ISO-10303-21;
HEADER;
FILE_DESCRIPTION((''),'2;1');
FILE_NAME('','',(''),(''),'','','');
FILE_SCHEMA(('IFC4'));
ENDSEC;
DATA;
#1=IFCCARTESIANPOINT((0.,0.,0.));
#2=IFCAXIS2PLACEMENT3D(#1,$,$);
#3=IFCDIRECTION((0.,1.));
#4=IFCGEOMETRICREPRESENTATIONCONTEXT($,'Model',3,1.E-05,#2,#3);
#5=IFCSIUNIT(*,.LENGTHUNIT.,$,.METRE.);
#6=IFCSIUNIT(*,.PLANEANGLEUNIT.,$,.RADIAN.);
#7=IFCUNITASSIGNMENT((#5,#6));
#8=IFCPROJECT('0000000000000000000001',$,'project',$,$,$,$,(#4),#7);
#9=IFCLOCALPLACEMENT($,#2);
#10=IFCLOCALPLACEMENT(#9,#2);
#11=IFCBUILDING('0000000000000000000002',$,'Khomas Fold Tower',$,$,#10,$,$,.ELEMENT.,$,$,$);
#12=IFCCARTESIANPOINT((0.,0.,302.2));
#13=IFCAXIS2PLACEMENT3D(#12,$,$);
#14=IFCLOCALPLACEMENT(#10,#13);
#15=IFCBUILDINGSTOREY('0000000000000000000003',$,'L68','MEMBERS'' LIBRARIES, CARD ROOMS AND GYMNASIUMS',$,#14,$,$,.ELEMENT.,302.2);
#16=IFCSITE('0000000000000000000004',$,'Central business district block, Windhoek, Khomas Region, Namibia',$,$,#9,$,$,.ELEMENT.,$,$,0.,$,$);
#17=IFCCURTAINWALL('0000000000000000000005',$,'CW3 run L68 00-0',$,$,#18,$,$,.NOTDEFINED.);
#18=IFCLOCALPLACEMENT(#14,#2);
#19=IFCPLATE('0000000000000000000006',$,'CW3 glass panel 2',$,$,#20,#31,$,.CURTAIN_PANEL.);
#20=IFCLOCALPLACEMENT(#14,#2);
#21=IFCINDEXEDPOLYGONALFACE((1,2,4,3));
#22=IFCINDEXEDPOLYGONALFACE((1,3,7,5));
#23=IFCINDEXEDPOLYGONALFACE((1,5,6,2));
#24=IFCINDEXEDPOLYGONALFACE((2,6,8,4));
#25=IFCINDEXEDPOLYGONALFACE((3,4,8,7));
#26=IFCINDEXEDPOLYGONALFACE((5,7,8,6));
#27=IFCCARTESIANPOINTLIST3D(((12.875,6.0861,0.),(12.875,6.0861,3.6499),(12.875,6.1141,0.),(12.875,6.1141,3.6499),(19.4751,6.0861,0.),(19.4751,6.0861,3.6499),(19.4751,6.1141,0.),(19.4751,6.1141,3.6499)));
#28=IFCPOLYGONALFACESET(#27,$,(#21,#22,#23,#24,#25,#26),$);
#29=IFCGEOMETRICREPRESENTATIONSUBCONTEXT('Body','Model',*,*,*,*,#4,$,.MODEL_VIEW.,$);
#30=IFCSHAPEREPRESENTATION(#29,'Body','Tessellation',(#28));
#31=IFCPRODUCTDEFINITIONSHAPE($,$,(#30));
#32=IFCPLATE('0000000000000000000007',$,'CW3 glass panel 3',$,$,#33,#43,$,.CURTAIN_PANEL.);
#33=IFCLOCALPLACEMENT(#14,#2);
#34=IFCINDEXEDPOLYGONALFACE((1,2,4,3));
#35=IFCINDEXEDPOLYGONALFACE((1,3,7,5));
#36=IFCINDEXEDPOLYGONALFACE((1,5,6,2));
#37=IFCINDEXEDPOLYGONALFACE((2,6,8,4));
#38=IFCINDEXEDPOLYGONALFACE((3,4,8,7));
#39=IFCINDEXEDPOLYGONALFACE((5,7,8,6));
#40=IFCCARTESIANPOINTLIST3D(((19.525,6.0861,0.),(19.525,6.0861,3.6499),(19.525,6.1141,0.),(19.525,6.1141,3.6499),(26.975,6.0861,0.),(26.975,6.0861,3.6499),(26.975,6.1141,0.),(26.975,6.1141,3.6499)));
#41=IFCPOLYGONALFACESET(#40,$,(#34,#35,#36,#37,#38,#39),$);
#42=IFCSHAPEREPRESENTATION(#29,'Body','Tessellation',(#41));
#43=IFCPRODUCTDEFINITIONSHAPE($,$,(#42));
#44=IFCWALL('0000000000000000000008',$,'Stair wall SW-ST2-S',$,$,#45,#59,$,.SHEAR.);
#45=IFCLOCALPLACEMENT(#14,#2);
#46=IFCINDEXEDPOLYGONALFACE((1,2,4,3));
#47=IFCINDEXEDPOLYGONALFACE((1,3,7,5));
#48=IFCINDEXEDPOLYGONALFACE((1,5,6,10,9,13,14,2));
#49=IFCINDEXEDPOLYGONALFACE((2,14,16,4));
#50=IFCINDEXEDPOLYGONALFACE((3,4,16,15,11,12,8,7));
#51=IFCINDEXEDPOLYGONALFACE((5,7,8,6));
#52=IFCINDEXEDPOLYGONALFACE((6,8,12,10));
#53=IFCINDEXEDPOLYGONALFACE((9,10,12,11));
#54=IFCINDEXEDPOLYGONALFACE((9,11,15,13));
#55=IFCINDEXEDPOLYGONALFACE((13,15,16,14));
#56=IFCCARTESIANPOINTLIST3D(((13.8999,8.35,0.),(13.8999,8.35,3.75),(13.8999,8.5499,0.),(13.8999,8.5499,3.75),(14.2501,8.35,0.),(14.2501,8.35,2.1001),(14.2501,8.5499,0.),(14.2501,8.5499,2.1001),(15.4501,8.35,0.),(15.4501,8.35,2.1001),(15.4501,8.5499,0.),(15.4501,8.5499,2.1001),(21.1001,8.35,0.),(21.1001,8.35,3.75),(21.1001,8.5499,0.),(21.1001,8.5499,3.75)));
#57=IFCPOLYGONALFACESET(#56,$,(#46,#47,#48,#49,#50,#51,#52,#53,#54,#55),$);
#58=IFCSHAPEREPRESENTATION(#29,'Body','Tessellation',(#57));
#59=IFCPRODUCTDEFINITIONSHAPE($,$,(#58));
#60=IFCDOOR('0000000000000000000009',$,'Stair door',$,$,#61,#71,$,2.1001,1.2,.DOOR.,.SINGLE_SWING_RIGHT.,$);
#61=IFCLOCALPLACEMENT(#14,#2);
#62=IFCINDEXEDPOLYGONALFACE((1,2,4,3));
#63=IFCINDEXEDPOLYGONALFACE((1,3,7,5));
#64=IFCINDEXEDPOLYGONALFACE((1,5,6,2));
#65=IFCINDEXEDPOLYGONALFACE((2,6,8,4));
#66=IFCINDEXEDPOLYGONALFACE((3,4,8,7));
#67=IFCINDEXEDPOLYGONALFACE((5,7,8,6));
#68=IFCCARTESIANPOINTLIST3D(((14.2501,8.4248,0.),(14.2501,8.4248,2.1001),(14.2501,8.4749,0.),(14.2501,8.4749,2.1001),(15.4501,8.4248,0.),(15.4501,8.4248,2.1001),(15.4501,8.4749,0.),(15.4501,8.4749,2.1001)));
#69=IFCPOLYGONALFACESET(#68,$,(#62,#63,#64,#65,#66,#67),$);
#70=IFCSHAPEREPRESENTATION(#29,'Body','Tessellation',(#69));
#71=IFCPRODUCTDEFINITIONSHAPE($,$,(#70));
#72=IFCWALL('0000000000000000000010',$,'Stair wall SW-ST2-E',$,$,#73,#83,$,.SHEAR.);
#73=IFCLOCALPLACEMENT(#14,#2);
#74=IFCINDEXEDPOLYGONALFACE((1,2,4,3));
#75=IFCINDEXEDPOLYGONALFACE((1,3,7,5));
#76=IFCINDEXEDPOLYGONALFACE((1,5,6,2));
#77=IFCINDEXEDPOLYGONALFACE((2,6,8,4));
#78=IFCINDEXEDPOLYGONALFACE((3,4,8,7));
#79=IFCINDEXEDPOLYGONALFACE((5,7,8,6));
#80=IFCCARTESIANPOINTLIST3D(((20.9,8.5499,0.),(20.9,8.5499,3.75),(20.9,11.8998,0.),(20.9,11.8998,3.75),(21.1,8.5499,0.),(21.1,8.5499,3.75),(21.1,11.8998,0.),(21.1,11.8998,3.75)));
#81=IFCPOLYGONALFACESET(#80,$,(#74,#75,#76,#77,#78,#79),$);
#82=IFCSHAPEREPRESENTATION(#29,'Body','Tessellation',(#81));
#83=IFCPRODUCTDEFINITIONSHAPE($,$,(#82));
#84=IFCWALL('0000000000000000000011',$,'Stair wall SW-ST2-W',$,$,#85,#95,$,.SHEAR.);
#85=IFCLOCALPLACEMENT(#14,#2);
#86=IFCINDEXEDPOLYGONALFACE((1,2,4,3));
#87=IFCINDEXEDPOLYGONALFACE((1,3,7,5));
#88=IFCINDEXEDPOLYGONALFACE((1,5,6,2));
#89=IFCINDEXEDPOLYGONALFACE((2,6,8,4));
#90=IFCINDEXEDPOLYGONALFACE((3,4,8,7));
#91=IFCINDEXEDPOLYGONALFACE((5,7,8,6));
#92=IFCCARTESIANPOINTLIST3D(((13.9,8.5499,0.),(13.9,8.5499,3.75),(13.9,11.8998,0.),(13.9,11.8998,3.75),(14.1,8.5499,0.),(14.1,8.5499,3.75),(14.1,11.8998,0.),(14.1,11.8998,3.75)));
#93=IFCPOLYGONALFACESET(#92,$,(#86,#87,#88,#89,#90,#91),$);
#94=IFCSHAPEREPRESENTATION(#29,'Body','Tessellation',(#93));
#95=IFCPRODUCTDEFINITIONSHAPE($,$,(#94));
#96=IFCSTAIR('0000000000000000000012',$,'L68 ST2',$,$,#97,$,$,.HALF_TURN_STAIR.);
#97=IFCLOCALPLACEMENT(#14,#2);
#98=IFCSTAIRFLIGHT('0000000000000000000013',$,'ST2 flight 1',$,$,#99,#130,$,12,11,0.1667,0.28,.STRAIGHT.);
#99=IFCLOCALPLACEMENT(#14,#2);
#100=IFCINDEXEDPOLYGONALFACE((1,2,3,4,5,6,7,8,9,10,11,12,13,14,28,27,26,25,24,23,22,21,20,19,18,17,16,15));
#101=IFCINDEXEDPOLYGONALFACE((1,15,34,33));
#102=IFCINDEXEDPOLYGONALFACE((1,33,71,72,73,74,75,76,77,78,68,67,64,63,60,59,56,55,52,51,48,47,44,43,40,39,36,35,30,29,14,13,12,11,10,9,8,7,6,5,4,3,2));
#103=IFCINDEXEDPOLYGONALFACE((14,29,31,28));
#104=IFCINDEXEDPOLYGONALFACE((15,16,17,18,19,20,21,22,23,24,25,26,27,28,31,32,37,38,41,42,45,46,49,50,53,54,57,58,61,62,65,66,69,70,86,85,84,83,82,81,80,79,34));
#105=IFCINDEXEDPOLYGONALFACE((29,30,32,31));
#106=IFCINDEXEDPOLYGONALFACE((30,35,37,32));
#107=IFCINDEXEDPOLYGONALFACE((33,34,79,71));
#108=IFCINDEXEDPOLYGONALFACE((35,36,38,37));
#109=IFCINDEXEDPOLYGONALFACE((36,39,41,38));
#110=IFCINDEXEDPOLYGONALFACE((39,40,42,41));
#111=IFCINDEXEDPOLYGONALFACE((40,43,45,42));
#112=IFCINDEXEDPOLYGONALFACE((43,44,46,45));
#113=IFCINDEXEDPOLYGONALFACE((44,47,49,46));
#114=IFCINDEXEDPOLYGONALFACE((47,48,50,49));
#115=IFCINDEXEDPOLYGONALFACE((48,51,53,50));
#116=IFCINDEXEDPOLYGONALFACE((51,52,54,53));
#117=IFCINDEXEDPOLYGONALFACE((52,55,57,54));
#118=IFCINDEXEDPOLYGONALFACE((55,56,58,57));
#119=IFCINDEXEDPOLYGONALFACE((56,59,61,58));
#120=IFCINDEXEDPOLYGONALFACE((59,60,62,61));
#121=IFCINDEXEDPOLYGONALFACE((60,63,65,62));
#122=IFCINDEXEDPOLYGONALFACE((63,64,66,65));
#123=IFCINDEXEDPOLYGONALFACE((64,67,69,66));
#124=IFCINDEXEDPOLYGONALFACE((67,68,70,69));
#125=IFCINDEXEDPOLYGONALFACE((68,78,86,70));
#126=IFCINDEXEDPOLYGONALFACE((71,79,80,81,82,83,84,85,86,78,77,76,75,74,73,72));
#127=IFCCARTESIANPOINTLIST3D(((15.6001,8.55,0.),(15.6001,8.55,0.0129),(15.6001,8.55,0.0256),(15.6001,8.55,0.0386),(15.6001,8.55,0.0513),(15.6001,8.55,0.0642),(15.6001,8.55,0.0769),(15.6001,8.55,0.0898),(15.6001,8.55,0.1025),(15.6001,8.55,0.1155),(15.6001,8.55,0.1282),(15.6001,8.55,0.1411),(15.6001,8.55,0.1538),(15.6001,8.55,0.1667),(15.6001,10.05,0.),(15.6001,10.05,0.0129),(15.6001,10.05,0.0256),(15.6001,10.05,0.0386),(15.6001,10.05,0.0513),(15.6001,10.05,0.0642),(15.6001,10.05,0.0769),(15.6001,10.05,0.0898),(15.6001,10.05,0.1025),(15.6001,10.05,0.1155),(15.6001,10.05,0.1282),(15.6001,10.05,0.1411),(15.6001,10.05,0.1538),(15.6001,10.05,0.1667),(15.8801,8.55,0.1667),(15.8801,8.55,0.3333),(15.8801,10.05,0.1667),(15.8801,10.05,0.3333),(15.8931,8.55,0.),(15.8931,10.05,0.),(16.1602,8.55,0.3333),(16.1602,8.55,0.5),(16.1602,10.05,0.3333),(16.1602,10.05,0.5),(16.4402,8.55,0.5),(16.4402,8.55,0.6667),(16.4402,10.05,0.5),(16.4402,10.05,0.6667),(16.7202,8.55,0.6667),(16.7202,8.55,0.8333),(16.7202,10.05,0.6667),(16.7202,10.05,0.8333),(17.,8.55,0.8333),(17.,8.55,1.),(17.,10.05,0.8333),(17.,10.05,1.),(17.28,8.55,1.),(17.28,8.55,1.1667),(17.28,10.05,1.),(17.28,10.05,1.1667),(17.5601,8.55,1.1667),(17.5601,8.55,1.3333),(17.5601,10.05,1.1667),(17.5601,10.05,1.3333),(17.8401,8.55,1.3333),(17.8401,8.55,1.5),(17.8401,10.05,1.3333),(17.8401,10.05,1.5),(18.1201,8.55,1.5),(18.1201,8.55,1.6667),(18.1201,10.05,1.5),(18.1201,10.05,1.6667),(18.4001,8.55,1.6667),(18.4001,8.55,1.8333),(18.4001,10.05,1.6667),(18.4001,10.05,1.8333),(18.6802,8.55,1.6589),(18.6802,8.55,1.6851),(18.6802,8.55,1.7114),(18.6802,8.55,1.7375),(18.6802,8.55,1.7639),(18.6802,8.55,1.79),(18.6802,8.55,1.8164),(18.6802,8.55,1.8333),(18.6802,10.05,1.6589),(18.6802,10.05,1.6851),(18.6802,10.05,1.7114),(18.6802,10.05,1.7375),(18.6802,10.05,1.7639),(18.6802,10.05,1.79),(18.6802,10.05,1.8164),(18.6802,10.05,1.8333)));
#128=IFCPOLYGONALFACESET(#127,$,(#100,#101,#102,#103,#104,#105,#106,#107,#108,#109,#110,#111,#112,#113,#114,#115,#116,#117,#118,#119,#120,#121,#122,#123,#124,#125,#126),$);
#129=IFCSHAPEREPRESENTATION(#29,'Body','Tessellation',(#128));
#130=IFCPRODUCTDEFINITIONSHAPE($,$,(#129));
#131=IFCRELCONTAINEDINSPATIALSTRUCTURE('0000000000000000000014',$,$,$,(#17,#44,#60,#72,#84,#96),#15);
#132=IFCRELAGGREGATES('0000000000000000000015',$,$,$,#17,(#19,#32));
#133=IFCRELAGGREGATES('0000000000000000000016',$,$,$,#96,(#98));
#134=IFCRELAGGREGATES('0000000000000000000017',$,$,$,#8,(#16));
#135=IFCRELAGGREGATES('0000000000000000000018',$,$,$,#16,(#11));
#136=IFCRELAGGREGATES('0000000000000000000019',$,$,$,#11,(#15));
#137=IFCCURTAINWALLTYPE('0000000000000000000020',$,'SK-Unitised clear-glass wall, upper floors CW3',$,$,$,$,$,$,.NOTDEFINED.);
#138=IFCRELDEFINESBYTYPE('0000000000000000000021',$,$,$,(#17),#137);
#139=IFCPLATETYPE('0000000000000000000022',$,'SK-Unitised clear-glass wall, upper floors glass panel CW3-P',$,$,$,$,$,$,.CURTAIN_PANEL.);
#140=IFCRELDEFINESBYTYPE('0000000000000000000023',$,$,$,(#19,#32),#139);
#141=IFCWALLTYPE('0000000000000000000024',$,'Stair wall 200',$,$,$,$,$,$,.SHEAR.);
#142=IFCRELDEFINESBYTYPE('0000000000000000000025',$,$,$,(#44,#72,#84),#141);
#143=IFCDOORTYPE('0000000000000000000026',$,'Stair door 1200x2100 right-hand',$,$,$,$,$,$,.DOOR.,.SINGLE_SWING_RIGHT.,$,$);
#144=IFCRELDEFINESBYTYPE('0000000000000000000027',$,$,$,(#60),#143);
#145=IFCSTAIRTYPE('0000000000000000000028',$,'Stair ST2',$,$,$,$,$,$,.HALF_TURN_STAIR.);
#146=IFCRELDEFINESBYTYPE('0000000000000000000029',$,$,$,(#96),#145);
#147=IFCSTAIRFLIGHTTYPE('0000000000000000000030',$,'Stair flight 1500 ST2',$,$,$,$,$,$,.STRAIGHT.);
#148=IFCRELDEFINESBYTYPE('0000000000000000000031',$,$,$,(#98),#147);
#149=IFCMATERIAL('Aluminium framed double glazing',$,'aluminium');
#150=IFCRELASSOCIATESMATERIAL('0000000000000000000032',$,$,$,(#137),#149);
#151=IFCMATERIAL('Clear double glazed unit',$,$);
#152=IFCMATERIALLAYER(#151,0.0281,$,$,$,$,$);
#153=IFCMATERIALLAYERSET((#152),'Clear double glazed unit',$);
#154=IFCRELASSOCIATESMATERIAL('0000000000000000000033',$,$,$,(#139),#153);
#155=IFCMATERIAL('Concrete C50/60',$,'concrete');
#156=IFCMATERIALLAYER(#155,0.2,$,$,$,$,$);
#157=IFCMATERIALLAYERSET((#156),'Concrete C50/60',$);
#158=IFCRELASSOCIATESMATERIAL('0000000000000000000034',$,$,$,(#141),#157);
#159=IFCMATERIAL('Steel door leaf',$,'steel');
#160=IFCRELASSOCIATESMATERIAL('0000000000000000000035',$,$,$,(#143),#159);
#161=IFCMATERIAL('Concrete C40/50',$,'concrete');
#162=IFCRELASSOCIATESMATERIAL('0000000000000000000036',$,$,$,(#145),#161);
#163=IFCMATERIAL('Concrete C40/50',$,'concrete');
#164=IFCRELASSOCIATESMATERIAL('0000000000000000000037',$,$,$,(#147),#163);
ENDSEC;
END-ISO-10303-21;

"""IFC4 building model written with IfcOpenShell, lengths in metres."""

from ifc_helpers import new_model, si_unit, direction, frame, frame_2d, origin, origin_2d, place, context, subcontext, project, spatial, polyline, rectangle, outline, extrude, source, transform, mapped, material, layer, layer_set, type_object, element, fill, aggregate, save


model = new_model("IFC4")

# Units and contexts
model_context = context("Model", 3, precision=1e-05, world=origin(), true_north=direction((0.0, 1.0)))
body_context = subcontext(model_context, "Body", "Model", "MODEL_VIEW")
ifc_project = project(units=[si_unit("LENGTHUNIT", "METRE"), si_unit("PLANEANGLEUNIT", "RADIAN")], contexts=[model_context])

# Site, building, storey
site_placement = place(None, origin())
site = spatial("IfcSite", under=ifc_project, at=site_placement, Name="Central business district block, Windhoek, Khomas Region, Namibia", CompositionType="ELEMENT", RefElevation=0.0)
building_placement = place(site_placement, origin())
building = spatial("IfcBuilding", under=site, at=building_placement, Name="Khomas Fold Tower", CompositionType="ELEMENT")
storey_placement = place(building_placement, frame((0.0, 0.0, 302.2)))
storey = spatial("IfcBuildingStorey", under=building, at=storey_placement, Name="L68", Description="MEMBERS' LIBRARIES, CARD ROOMS AND GYMNASIUMS", CompositionType="ELEMENT", Elevation=302.2)

# Curtain wall, plates
ifc_material_1 = material(Name="Aluminium framed double glazing", Category="aluminium")
curtain_wall_type = type_object("IfcCurtainWallType", Name="SK-Unitised clear-glass wall, upper floors CW3", PredefinedType="NOTDEFINED", material=ifc_material_1)
curtain_wall_placement = place(storey_placement, origin())
curtain_wall = element("IfcCurtainWall", 1, at=curtain_wall_placement, inside=storey, type_object=curtain_wall_type, Name="CW3 run L68 00-0", PredefinedType="NOTDEFINED")
ifc_material_2 = material(Name="Clear double glazed unit")
ifc_layer_1 = layer(ifc_material_2, 0.0281)
ifc_layer_set_1 = layer_set([ifc_layer_1], Name="Clear double glazed unit")
plate_type = type_object("IfcPlateType", Name="SK-Unitised clear-glass wall, upper floors glass panel CW3-P", PredefinedType="CURTAIN_PANEL", material=ifc_layer_set_1)
shared_shape_1 = source(origin(), body_context, "Body", "SweptSolid", [
    extrude(rectangle(XDim=6.6001, YDim=0.0281, at=origin_2d()), origin(), (0.0, 0.0, 1.0), 3.6499),
])
plate_1_placement = place(storey_placement, frame((16.175, 6.1001, 0.0), z_axis=(0.0, 0.0, 1.0), x_axis=(1.0, 0.0, 0.0)))
plate_1 = element("IfcPlate", 2, at=plate_1_placement, type_object=plate_type, Name="CW3 glass panel 2", PredefinedType="CURTAIN_PANEL", context=body_context, shape_type="MappedRepresentation", body=[
    mapped(shared_shape_1, transform((0.0, 0.0, 0.0))),
])
shared_shape_2 = source(origin(), body_context, "Body", "SweptSolid", [
    extrude(rectangle(XDim=7.45, YDim=0.0281, at=origin_2d()), origin(), (0.0, 0.0, 1.0), 3.6499),
])
plate_2_placement = place(storey_placement, frame((23.25, 6.1001, 0.0), z_axis=(0.0, 0.0, 1.0), x_axis=(1.0, 0.0, 0.0)))
plate_2 = element("IfcPlate", 3, at=plate_2_placement, type_object=plate_type, Name="CW3 glass panel 3", PredefinedType="CURTAIN_PANEL", context=body_context, shape_type="MappedRepresentation", body=[
    mapped(shared_shape_2, transform((0.0, 0.0, 0.0))),
])
aggregate(curtain_wall, [plate_1, plate_2])

# Wall, opening, door
ifc_material_3 = material(Name="Concrete C50/60", Category="concrete")
ifc_layer_2 = layer(ifc_material_3, 0.2)
ifc_layer_set_2 = layer_set([ifc_layer_2], Name="Concrete C50/60")
wall_type = type_object("IfcWallType", Name="Stair wall 200", PredefinedType="SHEAR", material=ifc_layer_set_2)
shared_shape_3 = source(origin(), body_context, "Body", "SweptSolid", [
    extrude(rectangle(XDim=7.2002, YDim=0.2, at=frame_2d((3.6001, 0.0))), origin(), (0.0, 0.0, 1.0), 3.75),
])
wall_placement = place(storey_placement, frame((13.8999, 8.45, 0.0), z_axis=(0.0, 0.0, 1.0), x_axis=(1.0, 0.0, 0.0)))
wall = element("IfcWall", 4, at=wall_placement, inside=storey, type_object=wall_type, Name="Stair wall SW-ST2-S", PredefinedType="SHEAR", context=body_context, shape_type="MappedRepresentation", body=[
    mapped(shared_shape_3, transform((0.0, 0.0, 0.0))),
])
shared_shape_4 = source(origin(), body_context, "Body", "SweptSolid", [
    extrude(rectangle(XDim=1.2, YDim=2.1001, at=frame_2d((0.6001, 1.05))), frame((0.0, 0.1099, 0.0), z_axis=(0.0, -1.0, 0.0), x_axis=(1.0, 0.0, 0.0)), (0.0, 0.0, 1.0), 0.22),
])
opening_placement = place(wall_placement, frame((0.3501, 0.0, 0.0)))
opening = element("IfcOpeningElement", 5, at=opening_placement, cuts=wall, PredefinedType="OPENING", context=body_context, shape_type="MappedRepresentation", body=[
    mapped(shared_shape_4, transform((0.0, 0.0, 0.0))),
])
ifc_material_4 = material(Name="Steel door leaf", Category="steel")
door_type = type_object("IfcDoorType", Name="Stair door 1200x2100 right-hand", OperationType="SINGLE_SWING_RIGHT", PredefinedType="DOOR", material=ifc_material_4)
shared_shape_5 = source(origin(), body_context, "Body", "SweptSolid", [
    extrude(rectangle(XDim=1.2, YDim=2.1001, at=frame_2d((0.6001, 1.05))), frame((0.0, 0.0249, 0.0), z_axis=(0.0, -1.0, 0.0), x_axis=(1.0, 0.0, 0.0)), (0.0, 0.0, 1.0), 0.05),
])
door_placement = place(opening_placement, origin())
door = element("IfcDoor", 6, at=door_placement, inside=storey, type_object=door_type, Name="Stair door", OperationType="SINGLE_SWING_RIGHT", OverallHeight=2.1001, OverallWidth=1.2, PredefinedType="DOOR", context=body_context, shape_type="MappedRepresentation", body=[
    mapped(shared_shape_5, transform((0.0, 0.0, 0.0))),
])
fill(opening, door)

# Walls
shared_shape_6 = source(origin(), body_context, "Body", "SweptSolid", [
    extrude(rectangle(XDim=3.3499, YDim=0.2, at=frame_2d((1.6748, 0.0))), origin(), (0.0, 0.0, 1.0), 3.75),
])
for number, where, z_axis, x_axis, name in (
    (7, (21.0, 8.55, 0.0), (0.0, 0.0, 1.0), (0.0, 1.0, 0.0), "Stair wall SW-ST2-E"),
    (8, (14.0, 8.55, 0.0), (0.0, 0.0, 1.0), (0.0, 1.0, 0.0), "Stair wall SW-ST2-W"),
):
    element("IfcWall", number, at=place(storey_placement, frame(where, z_axis=z_axis, x_axis=x_axis)), inside=storey, type_object=wall_type, Name=name, PredefinedType="SHEAR", context=body_context, shape_type="MappedRepresentation", body=[
        mapped(shared_shape_6, transform((0.0, 0.0, 0.0))),
    ])

# Stair, stair flight
ifc_material_5 = material(Name="Concrete C40/50", Category="concrete")
stair_type = type_object("IfcStairType", Name="Stair ST2", PredefinedType="HALF_TURN_STAIR", material=ifc_material_5)
stair_placement = place(storey_placement, origin())
stair = element("IfcStair", 9, at=stair_placement, inside=storey, type_object=stair_type, Name="L68 ST2", PredefinedType="HALF_TURN_STAIR")
ifc_material_6 = material(Name="Concrete C40/50", Category="concrete")
stair_flight_type = type_object("IfcStairFlightType", Name="Stair flight 1500 ST2", PredefinedType="STRAIGHT", material=ifc_material_6)
shared_shape_7 = source(origin(), body_context, "Body", "SweptSolid", [
    extrude(outline(polyline([(0.0, 0.0), (0.0, 0.0129), (0.0, 0.0256), (0.0, 0.0386), (0.0, 0.0513), (0.0, 0.0642), (0.0, 0.0769), (0.0, 0.0898), (0.0, 0.1025), (0.0, 0.1155), (0.0, 0.1282), (0.0, 0.1411), (0.0, 0.1538), (0.0, 0.1667), (0.28, 0.1667), (0.28, 0.3333), (0.5601, 0.3333), (0.5601, 0.5), (0.8401, 0.5), (0.8401, 0.6667), (1.1201, 0.6667), (1.1201, 0.8333), (1.3999, 0.8333), (1.3999, 1.0), (1.6799, 1.0), (1.6799, 1.1667), (1.96, 1.1667), (1.96, 1.3333), (2.24, 1.3333), (2.24, 1.5), (2.52, 1.5), (2.52, 1.6667), (2.8, 1.6667), (2.8, 1.8333), (3.0801, 1.8333), (3.0801, 2.0), (3.0801, 1.9739), (3.0801, 1.9475), (3.0801, 1.9214), (3.0801, 1.895), (3.0801, 1.8689), (3.0801, 1.8425), (3.0801, 1.8164), (3.0801, 1.79), (3.0801, 1.7639), (3.0801, 1.7375), (3.0801, 1.7114), (3.0801, 1.6851), (3.0801, 1.6589), (0.293, 0.0), (0.0, 0.0)])), frame((0.0, 0.75, 0.0), z_axis=(0.0, -1.0, 0.0), x_axis=(1.0, 0.0, 0.0)), (0.0, 0.0, 1.0), 1.5),
])
stair_flight_placement = place(storey_placement, frame((15.6001, 9.3, 0.0), z_axis=(0.0, 0.0, 1.0), x_axis=(1.0, 0.0, 0.0)))
stair_flight = element("IfcStairFlight", 10, at=stair_flight_placement, type_object=stair_flight_type, Name="ST2 flight 1", NumberOfRisers=12, NumberOfTreads=11, PredefinedType="STRAIGHT", RiserHeight=0.1667, TreadLength=0.28, context=body_context, shape_type="MappedRepresentation", body=[
    mapped(shared_shape_7, transform((0.0, 0.0, 0.0))),
])
aggregate(stair, [stair_flight])

save(model, "model.ifc")
